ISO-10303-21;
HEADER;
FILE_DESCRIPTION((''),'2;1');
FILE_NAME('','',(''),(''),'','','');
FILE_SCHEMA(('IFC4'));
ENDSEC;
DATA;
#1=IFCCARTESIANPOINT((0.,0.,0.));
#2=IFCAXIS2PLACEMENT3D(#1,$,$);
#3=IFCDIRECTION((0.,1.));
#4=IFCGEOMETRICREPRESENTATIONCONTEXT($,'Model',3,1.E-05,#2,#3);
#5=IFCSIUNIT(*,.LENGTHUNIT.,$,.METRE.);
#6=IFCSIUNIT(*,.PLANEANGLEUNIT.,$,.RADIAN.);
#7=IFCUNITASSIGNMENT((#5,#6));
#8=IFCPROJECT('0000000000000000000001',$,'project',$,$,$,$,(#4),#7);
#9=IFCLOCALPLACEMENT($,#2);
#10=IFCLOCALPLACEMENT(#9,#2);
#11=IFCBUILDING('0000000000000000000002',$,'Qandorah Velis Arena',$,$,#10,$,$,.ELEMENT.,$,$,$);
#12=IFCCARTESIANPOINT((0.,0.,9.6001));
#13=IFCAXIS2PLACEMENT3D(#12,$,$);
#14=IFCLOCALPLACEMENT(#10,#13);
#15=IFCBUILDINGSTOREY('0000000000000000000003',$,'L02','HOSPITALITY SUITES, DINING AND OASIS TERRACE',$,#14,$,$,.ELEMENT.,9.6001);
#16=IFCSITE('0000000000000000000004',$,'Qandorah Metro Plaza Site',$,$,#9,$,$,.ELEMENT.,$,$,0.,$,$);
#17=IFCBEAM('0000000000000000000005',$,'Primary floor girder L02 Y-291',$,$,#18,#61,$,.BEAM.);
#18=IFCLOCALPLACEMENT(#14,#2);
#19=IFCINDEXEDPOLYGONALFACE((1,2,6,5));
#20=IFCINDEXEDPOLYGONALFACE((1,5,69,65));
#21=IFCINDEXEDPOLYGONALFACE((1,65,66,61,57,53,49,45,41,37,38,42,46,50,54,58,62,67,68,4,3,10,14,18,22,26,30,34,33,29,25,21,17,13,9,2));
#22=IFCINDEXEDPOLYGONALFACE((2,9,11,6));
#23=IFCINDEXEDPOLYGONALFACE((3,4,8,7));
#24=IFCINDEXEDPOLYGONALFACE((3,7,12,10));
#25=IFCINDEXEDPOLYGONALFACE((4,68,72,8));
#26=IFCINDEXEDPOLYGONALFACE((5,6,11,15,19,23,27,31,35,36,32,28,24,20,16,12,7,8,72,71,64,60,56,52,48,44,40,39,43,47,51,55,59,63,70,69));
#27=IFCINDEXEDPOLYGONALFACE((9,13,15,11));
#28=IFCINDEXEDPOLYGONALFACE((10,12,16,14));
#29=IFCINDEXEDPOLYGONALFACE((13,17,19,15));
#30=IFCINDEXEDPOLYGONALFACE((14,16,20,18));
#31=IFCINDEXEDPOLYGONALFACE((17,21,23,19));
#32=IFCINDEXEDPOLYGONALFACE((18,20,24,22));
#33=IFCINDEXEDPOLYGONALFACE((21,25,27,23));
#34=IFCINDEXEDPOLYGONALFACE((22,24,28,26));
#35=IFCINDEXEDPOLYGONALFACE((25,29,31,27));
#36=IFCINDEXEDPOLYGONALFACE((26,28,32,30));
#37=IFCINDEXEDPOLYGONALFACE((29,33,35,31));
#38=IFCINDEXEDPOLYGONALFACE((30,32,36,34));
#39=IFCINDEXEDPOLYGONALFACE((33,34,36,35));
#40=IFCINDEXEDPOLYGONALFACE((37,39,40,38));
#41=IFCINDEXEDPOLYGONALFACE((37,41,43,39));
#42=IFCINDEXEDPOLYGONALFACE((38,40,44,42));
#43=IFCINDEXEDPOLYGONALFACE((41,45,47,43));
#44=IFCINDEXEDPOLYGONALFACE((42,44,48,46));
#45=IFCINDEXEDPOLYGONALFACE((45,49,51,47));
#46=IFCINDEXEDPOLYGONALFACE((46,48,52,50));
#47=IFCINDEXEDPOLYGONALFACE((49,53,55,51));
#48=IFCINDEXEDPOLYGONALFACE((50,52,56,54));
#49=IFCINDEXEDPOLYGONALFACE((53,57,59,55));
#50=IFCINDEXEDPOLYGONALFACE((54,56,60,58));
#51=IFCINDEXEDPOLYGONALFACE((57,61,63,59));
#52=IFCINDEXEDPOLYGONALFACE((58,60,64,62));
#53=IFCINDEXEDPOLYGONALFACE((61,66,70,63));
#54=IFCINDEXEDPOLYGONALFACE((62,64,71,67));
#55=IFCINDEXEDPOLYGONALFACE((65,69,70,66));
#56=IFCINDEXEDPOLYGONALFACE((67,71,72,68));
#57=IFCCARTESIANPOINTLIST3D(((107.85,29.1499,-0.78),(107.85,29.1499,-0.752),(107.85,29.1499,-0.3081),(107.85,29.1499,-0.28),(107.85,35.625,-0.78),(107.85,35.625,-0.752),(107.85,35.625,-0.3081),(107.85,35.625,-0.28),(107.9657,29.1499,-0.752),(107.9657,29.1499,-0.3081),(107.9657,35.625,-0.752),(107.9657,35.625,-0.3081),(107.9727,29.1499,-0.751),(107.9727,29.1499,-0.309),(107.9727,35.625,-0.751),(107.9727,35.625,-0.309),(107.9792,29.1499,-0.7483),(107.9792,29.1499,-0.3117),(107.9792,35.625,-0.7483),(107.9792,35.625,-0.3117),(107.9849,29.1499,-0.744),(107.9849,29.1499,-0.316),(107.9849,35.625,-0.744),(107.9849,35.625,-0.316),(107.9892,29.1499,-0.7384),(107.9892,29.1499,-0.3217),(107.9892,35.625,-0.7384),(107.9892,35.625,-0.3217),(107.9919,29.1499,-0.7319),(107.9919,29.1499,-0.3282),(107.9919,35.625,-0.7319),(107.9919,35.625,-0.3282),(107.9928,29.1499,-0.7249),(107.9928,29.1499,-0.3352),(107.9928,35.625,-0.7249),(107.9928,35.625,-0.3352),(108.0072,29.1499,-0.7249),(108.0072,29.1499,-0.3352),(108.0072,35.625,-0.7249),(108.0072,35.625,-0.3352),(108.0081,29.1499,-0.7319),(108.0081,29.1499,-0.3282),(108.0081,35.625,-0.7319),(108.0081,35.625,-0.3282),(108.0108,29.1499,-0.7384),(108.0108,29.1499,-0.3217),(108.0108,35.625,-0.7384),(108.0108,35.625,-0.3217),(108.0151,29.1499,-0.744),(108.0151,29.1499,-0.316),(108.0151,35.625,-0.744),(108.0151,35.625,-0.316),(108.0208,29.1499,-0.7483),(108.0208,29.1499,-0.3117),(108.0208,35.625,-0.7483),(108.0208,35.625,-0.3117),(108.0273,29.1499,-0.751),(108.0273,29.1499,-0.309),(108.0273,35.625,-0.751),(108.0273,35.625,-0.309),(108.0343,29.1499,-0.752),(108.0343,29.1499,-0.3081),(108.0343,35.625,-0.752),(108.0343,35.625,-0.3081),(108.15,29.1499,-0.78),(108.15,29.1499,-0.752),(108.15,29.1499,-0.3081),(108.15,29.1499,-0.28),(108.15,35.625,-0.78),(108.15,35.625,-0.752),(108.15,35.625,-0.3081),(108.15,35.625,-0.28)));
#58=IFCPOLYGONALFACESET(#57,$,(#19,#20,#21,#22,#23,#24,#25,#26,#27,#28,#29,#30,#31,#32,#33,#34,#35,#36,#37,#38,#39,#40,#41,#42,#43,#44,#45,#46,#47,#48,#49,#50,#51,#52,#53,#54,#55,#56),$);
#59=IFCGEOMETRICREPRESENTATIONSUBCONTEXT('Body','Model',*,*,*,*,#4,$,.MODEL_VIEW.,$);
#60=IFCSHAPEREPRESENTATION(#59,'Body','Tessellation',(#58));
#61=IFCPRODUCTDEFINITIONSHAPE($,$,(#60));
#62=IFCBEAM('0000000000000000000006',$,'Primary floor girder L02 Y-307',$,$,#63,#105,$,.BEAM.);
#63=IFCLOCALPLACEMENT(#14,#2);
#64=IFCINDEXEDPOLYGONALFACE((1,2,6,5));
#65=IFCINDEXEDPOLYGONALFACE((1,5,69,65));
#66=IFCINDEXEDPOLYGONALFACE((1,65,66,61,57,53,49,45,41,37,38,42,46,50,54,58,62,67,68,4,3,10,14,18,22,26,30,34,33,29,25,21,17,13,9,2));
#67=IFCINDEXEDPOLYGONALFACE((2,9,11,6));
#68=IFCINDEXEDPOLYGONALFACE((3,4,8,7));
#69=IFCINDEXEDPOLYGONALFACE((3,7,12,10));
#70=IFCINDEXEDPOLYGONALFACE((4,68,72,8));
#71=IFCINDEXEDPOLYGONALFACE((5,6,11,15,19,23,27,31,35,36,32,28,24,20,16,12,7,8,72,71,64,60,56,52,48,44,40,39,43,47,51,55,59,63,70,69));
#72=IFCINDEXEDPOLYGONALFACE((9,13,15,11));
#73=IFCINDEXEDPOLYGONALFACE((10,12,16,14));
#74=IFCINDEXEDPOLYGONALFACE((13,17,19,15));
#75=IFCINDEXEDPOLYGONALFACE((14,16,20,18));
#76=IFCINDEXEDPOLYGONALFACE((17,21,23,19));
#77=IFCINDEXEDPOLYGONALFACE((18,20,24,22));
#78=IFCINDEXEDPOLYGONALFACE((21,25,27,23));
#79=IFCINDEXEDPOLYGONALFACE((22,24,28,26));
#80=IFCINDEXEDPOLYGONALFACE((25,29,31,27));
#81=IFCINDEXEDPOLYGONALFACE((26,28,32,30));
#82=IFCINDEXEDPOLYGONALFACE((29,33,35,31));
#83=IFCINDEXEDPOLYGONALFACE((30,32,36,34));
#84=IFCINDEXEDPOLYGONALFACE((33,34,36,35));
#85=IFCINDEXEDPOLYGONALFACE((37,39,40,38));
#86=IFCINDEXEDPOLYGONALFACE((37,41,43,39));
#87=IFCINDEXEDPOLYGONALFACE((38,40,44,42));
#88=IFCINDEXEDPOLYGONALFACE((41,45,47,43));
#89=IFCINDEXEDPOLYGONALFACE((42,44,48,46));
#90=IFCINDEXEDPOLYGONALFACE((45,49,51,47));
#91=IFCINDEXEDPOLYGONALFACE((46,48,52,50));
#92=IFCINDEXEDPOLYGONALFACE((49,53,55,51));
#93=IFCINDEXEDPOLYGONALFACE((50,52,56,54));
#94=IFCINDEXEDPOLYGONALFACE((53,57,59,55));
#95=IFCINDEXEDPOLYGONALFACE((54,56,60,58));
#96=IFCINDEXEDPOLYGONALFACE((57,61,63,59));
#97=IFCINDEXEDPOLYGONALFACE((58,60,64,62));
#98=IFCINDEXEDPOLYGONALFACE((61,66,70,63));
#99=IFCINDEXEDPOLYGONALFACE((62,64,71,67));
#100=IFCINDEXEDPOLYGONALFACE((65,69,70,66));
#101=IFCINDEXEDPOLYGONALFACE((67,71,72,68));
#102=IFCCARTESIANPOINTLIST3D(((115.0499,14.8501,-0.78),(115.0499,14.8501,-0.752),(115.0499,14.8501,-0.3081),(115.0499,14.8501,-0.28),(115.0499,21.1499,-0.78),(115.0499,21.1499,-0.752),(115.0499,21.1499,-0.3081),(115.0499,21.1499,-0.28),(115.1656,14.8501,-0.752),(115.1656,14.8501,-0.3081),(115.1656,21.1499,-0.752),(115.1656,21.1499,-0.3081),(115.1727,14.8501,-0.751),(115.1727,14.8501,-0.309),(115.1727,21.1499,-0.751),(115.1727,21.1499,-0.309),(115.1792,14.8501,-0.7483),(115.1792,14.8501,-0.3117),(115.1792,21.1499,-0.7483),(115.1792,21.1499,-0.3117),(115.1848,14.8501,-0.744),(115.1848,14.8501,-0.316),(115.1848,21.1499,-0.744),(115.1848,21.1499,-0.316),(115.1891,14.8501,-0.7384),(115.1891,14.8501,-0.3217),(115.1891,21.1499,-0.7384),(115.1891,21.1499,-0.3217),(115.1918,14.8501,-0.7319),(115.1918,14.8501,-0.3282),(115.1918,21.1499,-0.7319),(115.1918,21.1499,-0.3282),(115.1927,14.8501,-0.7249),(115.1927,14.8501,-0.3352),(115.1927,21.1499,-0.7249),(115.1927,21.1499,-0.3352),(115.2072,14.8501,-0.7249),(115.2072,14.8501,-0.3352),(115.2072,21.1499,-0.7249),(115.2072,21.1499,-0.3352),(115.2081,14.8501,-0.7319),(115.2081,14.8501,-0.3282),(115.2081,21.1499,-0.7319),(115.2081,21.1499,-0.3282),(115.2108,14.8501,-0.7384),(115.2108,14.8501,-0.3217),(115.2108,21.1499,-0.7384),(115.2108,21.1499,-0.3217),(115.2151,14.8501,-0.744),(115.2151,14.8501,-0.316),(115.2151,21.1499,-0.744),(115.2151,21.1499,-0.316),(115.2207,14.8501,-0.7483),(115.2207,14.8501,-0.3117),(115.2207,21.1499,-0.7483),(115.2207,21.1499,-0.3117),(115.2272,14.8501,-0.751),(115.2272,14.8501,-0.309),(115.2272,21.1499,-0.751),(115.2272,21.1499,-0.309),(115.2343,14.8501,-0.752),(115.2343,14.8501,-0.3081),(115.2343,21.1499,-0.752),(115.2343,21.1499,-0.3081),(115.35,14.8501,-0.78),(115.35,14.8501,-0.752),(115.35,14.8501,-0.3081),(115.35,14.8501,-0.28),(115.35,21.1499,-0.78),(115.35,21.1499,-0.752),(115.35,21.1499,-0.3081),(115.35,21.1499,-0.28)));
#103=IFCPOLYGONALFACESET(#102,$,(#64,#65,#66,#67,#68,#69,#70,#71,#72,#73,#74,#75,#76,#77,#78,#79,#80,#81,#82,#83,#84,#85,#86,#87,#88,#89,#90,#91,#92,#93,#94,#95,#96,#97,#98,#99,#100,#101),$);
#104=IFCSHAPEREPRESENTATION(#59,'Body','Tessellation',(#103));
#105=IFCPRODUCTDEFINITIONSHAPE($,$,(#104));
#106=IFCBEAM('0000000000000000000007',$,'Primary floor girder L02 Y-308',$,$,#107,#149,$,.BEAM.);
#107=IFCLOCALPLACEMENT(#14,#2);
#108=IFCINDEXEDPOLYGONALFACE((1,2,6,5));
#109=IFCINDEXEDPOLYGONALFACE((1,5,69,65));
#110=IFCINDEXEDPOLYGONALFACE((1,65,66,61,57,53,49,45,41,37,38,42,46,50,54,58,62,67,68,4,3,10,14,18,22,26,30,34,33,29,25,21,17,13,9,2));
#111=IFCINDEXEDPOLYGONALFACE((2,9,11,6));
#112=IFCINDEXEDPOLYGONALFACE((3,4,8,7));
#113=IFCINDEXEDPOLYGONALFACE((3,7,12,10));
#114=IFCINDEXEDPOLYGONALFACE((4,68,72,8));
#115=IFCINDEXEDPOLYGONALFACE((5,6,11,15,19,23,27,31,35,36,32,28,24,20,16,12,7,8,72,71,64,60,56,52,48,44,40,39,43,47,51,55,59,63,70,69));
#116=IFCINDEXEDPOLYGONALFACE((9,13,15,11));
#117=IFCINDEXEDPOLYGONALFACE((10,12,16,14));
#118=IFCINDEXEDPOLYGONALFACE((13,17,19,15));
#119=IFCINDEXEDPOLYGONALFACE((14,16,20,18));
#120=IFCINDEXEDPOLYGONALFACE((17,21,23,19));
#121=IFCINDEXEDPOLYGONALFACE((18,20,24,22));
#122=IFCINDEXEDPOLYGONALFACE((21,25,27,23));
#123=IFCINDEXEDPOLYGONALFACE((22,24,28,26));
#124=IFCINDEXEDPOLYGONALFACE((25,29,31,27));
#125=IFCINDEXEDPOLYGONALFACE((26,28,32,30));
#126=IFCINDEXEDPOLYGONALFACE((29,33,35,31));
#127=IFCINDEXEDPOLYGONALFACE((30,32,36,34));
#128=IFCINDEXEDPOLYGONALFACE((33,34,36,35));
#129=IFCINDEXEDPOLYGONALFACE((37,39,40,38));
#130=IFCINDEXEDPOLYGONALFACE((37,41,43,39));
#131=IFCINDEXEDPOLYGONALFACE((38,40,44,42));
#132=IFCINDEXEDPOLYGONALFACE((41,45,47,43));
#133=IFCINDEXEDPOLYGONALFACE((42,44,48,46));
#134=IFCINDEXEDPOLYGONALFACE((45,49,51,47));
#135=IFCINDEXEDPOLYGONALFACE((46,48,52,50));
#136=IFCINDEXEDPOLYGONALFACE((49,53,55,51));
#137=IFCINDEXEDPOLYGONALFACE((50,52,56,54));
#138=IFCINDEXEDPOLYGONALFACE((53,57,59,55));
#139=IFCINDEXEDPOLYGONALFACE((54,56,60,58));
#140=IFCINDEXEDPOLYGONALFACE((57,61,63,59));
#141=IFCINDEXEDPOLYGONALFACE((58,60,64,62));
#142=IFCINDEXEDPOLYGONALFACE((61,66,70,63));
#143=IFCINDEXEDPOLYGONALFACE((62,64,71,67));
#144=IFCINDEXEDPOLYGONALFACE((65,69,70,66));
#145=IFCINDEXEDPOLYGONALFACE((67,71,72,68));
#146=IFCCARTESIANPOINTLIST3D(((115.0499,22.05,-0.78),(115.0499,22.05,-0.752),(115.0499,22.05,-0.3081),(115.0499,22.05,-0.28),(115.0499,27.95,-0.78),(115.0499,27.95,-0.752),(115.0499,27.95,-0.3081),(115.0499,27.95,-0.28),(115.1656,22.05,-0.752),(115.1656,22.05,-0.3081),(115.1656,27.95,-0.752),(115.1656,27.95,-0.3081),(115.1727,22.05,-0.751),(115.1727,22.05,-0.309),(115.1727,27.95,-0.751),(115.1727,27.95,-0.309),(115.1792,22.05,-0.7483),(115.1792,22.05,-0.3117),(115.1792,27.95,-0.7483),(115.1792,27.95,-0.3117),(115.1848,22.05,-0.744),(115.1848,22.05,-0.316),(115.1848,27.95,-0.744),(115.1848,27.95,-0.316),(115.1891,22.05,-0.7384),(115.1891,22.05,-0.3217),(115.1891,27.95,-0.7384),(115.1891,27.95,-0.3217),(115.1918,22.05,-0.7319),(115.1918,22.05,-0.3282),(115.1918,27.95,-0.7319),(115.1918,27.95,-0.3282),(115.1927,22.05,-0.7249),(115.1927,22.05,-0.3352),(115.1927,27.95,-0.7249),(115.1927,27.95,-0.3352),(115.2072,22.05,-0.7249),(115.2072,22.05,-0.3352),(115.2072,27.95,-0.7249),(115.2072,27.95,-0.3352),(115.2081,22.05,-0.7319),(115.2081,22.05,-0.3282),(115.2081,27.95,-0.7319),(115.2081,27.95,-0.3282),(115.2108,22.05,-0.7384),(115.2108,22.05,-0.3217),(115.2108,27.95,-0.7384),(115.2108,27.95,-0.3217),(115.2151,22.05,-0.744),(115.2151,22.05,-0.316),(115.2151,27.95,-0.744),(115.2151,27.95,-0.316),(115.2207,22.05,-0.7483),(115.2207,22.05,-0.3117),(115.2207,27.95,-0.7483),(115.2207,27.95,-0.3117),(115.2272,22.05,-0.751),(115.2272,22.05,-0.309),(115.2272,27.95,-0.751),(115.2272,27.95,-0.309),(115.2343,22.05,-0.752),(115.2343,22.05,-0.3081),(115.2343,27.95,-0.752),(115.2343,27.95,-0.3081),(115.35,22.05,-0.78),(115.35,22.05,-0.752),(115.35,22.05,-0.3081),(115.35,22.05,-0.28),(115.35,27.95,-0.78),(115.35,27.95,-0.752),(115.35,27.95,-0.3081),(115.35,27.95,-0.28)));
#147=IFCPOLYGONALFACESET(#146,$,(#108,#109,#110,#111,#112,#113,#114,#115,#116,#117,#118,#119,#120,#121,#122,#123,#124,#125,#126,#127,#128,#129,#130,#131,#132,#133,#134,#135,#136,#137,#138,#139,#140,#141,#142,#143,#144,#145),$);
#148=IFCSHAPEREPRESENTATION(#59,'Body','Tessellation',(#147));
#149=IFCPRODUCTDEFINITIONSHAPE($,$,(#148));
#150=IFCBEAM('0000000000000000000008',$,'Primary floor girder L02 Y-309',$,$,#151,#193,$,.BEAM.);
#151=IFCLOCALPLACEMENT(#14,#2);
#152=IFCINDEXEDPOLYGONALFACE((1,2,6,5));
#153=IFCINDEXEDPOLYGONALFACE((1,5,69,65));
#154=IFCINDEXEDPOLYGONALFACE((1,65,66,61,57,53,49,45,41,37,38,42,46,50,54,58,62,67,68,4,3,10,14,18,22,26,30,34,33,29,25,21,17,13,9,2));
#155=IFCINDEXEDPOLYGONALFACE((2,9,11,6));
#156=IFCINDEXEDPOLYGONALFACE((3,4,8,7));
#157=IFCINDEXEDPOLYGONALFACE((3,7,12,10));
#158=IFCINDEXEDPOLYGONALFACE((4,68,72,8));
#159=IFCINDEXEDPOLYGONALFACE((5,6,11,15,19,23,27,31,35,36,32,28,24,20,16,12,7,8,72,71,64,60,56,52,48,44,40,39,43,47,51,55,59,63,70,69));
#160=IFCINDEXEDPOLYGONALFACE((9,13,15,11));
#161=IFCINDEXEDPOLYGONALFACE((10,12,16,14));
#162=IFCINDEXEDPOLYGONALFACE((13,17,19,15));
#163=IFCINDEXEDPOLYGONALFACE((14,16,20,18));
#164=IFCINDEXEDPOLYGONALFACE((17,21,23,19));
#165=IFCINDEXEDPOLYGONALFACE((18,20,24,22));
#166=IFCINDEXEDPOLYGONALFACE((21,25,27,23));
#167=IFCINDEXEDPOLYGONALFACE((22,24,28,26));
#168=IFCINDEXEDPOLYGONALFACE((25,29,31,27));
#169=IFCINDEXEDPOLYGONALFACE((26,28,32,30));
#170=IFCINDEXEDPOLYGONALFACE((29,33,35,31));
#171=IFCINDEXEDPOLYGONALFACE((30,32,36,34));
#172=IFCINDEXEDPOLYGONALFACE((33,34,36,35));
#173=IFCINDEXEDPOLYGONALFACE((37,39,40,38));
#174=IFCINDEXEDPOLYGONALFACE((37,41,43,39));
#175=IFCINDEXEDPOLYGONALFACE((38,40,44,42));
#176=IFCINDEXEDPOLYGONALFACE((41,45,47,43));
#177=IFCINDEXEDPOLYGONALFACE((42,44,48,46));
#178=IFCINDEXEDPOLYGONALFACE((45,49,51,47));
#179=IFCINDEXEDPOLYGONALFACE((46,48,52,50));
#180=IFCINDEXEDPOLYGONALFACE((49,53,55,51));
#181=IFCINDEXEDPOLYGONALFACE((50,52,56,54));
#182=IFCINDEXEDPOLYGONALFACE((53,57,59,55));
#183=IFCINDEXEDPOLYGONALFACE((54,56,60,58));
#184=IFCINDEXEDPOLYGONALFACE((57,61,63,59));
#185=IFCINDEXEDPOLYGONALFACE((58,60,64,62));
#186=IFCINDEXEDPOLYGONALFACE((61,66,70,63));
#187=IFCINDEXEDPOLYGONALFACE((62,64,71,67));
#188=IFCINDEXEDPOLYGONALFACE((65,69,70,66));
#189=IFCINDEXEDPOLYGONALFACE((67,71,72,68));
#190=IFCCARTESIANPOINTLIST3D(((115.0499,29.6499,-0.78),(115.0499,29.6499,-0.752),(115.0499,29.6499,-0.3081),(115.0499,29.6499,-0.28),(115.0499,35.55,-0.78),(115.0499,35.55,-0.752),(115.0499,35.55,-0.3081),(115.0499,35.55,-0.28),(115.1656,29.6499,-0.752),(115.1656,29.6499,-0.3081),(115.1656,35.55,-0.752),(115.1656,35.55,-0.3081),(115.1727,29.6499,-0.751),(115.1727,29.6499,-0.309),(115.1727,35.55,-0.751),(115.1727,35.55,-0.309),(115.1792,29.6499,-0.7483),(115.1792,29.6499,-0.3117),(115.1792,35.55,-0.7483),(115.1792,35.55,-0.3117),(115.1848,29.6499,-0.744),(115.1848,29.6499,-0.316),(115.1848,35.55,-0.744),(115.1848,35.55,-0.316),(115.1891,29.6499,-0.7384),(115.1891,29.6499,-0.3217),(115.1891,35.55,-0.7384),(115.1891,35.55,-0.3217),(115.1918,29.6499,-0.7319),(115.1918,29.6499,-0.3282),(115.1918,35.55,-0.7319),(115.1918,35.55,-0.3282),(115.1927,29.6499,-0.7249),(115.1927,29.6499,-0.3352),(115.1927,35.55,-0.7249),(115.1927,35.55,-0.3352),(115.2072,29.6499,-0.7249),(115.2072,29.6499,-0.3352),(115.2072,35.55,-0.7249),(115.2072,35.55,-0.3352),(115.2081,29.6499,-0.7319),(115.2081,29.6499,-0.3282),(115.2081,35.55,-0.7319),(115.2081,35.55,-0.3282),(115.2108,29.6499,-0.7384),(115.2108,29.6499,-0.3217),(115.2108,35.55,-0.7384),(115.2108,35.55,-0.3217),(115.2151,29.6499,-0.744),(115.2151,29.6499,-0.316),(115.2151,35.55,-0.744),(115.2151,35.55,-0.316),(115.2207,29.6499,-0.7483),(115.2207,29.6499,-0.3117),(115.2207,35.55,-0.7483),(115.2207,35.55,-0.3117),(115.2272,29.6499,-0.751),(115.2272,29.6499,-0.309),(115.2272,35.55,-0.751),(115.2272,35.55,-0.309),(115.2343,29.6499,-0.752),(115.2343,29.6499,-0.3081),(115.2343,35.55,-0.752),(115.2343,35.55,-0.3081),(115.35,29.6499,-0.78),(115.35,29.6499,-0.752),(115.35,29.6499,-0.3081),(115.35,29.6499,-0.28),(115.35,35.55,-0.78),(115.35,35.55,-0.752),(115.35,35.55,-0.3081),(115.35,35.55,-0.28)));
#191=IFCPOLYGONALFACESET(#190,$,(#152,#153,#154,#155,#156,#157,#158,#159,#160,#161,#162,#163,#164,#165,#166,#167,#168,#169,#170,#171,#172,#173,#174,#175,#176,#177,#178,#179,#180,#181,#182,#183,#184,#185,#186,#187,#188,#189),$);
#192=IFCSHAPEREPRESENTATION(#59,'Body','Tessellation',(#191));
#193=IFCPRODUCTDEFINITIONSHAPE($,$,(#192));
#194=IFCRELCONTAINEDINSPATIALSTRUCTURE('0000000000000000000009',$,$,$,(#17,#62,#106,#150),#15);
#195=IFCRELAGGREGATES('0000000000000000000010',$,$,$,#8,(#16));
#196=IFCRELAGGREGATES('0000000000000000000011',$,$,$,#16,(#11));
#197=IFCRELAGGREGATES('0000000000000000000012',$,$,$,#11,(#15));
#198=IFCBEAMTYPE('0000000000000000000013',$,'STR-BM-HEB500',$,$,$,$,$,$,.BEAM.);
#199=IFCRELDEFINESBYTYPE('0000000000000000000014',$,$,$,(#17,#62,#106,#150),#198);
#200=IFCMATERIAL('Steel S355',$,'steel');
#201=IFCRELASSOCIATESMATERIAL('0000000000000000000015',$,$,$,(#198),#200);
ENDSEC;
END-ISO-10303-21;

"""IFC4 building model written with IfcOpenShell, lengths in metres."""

from ifc_helpers import new_model, si_unit, direction, frame, origin, origin_2d, place, context, subcontext, project, spatial, i_section, extrude, material, material_profile, profile_set, type_object, element, save


model = new_model("IFC4")

# Units and contexts
model_context = context("Model", 3, precision=1e-05, world=origin(), true_north=direction((0.0, 1.0)))
body_context = subcontext(model_context, "Body", "Model", "MODEL_VIEW")
ifc_project = project(units=[si_unit("LENGTHUNIT", "METRE"), si_unit("PLANEANGLEUNIT", "RADIAN")], contexts=[model_context])

# Site, building, storey
site_placement = place(None, origin())
site = spatial("IfcSite", under=ifc_project, at=site_placement, Name="Qandorah Metro Plaza Site", CompositionType="ELEMENT", RefElevation=0.0)
building_placement = place(site_placement, origin())
building = spatial("IfcBuilding", under=site, at=building_placement, Name="Qandorah Velis Arena", CompositionType="ELEMENT")
storey_placement = place(building_placement, frame((0.0, 0.0, 9.6001)))
storey = spatial("IfcBuildingStorey", under=building, at=storey_placement, Name="L02", Description="HOSPITALITY SUITES, DINING AND OASIS TERRACE", CompositionType="ELEMENT", Elevation=9.6001)

# Shared definitions
ifc_material_1 = material(Name="Steel S355", Category="steel")

# Beams
ifc_material_profile_1 = material_profile(ifc_material_1, i_section(OverallWidth=0.3, OverallDepth=0.5, WebThickness=0.0144, FlangeThickness=0.0281, FilletRadius=0.0271, at=origin_2d()), Name="HEB 500")
ifc_profile_set_1 = profile_set([ifc_material_profile_1], Name="Steel S355")
beam_type_1 = type_object("IfcBeamType", Name="STR-BM-HEB500", PredefinedType="BEAM", material=ifc_profile_set_1)
beam_1_placement = place(storey_placement, frame((108.0, 29.1499, -0.53), z_axis=(0.0, 1.0, 0.0), x_axis=(-1.0, 0.0, 0.0)))
element("IfcBeam", 1, at=beam_1_placement, inside=storey, type_object=beam_type_1, Name="Primary floor girder L02 Y-291", PredefinedType="BEAM", context=body_context, shape_type="SweptSolid", body=[
    extrude(i_section(OverallWidth=0.3, OverallDepth=0.5, WebThickness=0.0144, FlangeThickness=0.0281, FilletRadius=0.0271, at=origin_2d()), origin(), (0.0, 0.0, 1.0), 6.4751),
])
beam_2_placement = place(storey_placement, frame((115.2, 14.8501, -0.53), z_axis=(0.0, 1.0, 0.0), x_axis=(-1.0, 0.0, 0.0)))
element("IfcBeam", 2, at=beam_2_placement, inside=storey, type_object=beam_type_1, Name="Primary floor girder L02 Y-307", PredefinedType="BEAM", context=body_context, shape_type="SweptSolid", body=[
    extrude(i_section(OverallWidth=0.3, OverallDepth=0.5, WebThickness=0.0144, FlangeThickness=0.0281, FilletRadius=0.0271, at=origin_2d()), origin(), (0.0, 0.0, 1.0), 6.2998),
])
beam_3_placement = place(storey_placement, frame((115.2, 22.05, -0.53), z_axis=(0.0, 1.0, 0.0), x_axis=(-1.0, 0.0, 0.0)))
element("IfcBeam", 3, at=beam_3_placement, inside=storey, type_object=beam_type_1, Name="Primary floor girder L02 Y-308", PredefinedType="BEAM", context=body_context, shape_type="SweptSolid", body=[
    extrude(i_section(OverallWidth=0.3, OverallDepth=0.5, WebThickness=0.0144, FlangeThickness=0.0281, FilletRadius=0.0271, at=origin_2d()), origin(), (0.0, 0.0, 1.0), 5.8999),
])
beam_4_placement = place(storey_placement, frame((115.2, 29.6499, -0.53), z_axis=(0.0, 1.0, 0.0), x_axis=(-1.0, 0.0, 0.0)))
element("IfcBeam", 4, at=beam_4_placement, inside=storey, type_object=beam_type_1, Name="Primary floor girder L02 Y-309", PredefinedType="BEAM", context=body_context, shape_type="SweptSolid", body=[
    extrude(i_section(OverallWidth=0.3, OverallDepth=0.5, WebThickness=0.0144, FlangeThickness=0.0281, FilletRadius=0.0271, at=origin_2d()), origin(), (0.0, 0.0, 1.0), 5.9001),
])

save(model, "model.ifc")
